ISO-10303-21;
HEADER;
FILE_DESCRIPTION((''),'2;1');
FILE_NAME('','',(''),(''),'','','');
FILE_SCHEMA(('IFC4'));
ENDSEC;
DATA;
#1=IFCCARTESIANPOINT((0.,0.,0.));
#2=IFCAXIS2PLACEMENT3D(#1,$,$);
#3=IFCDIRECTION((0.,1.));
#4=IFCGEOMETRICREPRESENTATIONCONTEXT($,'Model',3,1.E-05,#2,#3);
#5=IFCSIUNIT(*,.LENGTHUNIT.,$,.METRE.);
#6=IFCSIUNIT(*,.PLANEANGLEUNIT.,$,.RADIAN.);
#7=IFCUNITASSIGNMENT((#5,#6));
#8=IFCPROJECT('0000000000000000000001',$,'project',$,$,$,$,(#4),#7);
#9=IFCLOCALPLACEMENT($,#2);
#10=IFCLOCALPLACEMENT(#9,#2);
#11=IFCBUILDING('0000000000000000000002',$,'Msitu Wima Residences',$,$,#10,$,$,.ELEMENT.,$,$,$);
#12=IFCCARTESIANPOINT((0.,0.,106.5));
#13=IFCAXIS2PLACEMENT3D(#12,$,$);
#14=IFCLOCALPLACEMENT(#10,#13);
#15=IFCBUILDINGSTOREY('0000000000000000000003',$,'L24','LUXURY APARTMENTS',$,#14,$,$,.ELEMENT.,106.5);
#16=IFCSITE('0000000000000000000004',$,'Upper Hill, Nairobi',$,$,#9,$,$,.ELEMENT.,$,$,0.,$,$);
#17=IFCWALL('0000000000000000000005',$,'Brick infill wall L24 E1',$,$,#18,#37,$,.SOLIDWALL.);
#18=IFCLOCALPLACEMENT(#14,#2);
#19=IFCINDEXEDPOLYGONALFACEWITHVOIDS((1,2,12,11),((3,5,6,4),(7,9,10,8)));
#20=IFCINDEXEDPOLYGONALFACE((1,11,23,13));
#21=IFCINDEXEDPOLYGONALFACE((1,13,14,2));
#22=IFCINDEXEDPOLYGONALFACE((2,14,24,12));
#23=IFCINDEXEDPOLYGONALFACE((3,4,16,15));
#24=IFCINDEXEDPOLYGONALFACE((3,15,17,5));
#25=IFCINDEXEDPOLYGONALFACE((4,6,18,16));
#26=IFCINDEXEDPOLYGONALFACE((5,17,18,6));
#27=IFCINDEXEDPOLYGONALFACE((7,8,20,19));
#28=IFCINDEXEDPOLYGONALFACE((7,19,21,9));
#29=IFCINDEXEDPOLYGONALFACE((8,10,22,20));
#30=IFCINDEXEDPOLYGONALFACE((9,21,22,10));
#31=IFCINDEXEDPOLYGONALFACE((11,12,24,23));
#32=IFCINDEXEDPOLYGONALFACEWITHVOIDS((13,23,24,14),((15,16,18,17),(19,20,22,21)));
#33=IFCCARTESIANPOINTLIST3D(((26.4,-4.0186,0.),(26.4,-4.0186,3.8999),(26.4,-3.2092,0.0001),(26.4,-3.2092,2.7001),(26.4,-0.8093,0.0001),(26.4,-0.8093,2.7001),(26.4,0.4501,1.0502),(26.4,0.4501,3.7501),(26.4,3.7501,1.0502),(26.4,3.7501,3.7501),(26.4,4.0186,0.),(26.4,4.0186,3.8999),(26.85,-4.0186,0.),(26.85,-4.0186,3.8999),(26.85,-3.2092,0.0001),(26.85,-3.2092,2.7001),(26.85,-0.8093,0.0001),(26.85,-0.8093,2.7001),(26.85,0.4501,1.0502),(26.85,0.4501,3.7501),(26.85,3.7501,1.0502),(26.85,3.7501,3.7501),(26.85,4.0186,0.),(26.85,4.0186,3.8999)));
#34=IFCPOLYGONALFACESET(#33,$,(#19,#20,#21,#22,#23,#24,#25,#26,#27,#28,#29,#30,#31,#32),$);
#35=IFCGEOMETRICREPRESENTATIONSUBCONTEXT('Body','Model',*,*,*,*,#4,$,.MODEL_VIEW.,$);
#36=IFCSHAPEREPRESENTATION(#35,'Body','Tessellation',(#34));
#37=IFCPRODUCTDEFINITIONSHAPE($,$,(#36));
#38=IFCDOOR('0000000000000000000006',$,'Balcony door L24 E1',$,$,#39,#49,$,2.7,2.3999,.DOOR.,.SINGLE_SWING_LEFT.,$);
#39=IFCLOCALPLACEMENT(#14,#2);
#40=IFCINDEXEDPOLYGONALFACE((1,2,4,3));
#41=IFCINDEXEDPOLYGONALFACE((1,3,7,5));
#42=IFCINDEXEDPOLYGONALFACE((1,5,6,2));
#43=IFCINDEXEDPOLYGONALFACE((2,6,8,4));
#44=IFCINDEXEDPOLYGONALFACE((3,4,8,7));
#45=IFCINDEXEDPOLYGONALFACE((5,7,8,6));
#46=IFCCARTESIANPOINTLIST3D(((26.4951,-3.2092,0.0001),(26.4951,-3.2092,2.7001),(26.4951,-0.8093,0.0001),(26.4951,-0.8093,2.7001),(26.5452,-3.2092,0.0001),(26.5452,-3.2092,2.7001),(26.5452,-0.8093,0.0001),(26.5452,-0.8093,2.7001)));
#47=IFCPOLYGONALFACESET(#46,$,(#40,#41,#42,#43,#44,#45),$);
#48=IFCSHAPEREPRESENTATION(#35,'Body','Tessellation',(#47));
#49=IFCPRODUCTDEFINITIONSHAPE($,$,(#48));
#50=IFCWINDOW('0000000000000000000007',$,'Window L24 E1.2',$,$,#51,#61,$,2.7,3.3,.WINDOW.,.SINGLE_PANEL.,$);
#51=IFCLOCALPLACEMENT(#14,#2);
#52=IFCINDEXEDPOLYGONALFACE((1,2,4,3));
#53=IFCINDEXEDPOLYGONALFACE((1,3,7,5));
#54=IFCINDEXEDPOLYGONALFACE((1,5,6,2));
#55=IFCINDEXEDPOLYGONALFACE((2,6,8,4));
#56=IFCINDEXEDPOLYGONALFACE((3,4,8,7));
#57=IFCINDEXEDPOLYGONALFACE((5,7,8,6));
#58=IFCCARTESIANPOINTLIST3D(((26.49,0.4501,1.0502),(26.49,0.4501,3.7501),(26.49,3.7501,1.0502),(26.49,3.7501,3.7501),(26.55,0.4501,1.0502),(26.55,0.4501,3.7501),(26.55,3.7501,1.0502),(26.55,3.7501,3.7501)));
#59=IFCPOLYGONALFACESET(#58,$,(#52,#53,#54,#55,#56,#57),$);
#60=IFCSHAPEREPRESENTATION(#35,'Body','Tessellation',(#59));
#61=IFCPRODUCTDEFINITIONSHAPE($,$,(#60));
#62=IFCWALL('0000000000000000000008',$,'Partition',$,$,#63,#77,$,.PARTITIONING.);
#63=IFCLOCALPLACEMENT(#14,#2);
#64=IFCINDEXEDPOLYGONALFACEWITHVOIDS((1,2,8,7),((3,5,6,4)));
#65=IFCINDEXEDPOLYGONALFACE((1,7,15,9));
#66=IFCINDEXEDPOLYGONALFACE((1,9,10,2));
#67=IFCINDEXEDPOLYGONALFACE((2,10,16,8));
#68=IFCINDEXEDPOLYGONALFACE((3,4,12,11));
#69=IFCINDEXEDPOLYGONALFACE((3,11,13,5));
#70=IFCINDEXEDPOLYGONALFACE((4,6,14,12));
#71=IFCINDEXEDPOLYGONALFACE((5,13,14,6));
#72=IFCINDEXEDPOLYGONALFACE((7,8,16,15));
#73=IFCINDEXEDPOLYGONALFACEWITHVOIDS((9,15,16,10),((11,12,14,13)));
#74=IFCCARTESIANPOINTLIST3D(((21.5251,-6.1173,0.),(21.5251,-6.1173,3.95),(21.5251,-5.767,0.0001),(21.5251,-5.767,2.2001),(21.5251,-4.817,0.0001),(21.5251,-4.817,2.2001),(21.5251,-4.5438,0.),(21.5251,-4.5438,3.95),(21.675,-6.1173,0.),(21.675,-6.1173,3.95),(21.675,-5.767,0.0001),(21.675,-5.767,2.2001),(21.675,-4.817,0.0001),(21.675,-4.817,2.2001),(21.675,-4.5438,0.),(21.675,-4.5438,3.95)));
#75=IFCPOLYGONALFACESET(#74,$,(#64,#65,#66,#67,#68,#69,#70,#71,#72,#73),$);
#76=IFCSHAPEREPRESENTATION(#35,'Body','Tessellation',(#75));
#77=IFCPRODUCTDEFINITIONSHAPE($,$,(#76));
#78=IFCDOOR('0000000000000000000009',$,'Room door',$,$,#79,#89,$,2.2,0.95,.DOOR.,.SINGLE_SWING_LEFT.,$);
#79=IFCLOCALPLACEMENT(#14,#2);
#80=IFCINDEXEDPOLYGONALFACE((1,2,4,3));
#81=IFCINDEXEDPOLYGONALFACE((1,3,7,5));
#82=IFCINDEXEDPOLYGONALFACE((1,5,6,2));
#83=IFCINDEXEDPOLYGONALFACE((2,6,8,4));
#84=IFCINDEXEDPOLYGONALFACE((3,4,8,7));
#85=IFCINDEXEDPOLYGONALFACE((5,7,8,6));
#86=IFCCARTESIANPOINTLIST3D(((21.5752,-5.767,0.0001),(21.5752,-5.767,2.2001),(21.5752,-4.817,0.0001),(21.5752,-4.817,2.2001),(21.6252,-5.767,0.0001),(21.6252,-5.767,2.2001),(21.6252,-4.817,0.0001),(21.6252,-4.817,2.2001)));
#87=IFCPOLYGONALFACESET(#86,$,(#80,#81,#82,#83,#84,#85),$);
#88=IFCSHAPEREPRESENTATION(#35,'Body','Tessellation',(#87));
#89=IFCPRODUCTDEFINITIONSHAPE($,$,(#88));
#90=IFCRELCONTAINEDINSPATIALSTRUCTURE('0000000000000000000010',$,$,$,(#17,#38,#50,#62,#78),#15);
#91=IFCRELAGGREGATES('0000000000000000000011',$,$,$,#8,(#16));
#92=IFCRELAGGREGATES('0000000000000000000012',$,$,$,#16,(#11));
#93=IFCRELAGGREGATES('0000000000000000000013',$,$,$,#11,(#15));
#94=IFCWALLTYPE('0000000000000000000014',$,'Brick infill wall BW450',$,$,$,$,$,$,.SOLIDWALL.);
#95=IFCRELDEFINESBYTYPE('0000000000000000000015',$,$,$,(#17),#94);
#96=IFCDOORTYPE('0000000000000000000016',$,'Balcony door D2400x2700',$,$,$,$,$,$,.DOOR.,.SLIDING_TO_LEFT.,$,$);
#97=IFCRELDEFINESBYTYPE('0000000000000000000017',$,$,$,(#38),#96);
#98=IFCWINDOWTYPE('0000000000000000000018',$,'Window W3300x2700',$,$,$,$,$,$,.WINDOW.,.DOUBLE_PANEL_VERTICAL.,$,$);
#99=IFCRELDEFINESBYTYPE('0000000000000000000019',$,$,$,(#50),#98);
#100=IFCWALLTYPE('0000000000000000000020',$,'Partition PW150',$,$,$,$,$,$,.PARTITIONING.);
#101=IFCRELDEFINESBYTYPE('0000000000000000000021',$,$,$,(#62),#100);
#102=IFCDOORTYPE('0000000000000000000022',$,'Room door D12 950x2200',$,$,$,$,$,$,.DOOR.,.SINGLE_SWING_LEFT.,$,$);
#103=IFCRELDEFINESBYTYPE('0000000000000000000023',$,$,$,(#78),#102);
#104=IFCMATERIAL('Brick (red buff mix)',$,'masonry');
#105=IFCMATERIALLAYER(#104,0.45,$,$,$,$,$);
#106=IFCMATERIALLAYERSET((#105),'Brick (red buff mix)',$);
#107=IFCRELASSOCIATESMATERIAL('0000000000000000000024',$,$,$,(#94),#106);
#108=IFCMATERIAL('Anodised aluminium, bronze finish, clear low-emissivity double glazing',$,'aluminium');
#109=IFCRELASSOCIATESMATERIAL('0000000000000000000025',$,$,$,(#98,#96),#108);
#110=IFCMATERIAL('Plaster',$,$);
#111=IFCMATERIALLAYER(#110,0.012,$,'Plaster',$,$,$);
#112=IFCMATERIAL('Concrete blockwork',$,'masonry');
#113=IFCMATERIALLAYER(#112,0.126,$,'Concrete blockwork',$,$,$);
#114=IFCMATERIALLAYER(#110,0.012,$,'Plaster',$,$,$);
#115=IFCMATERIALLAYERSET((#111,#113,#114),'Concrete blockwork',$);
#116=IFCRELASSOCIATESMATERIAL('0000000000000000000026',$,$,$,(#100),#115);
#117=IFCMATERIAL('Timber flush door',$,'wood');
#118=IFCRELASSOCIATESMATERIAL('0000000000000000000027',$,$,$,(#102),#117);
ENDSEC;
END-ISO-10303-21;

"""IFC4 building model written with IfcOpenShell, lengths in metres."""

from ifc_helpers import new_model, si_unit, direction, frame, frame_2d, origin, place, context, subcontext, project, spatial, rectangle, extrude, material, layer, layer_set, type_object, element, fill, save


model = new_model("IFC4")

# Units and contexts
model_context = context("Model", 3, precision=1e-05, world=origin(), true_north=direction((0.0, 1.0)))
body_context = subcontext(model_context, "Body", "Model", "MODEL_VIEW")
ifc_project = project(units=[si_unit("LENGTHUNIT", "METRE"), si_unit("PLANEANGLEUNIT", "RADIAN")], contexts=[model_context])

# Site, building, storey
site_placement = place(None, origin())
site = spatial("IfcSite", under=ifc_project, at=site_placement, Name="Upper Hill, Nairobi", CompositionType="ELEMENT", RefElevation=0.0)
building_placement = place(site_placement, origin())
building = spatial("IfcBuilding", under=site, at=building_placement, Name="Msitu Wima Residences", CompositionType="ELEMENT")
storey_placement = place(building_placement, frame((0.0, 0.0, 106.5)))
storey = spatial("IfcBuildingStorey", under=building, at=storey_placement, Name="L24", Description="LUXURY APARTMENTS", CompositionType="ELEMENT", Elevation=106.5)

# Shared definitions
ifc_material_1 = material(Name="Brick (red buff mix)", Category="masonry")
ifc_layer_1 = layer(ifc_material_1, 0.45)
ifc_layer_set_1 = layer_set([ifc_layer_1], Name="Brick (red buff mix)")
wall_type_1 = type_object("IfcWallType", Name="Brick infill wall BW450", PredefinedType="SOLIDWALL", material=ifc_layer_set_1)
ifc_material_2 = material(Name="Anodised aluminium, bronze finish, clear low-emissivity double glazing", Category="aluminium")
window_type = type_object("IfcWindowType", Name="Window W3300x2700", PartitioningType="DOUBLE_PANEL_VERTICAL", PredefinedType="WINDOW", material=ifc_material_2)

# Wall, openings, door, window
wall_1_placement = place(storey_placement, frame((26.625, -4.0186, 0.0), z_axis=(0.0, 0.0, 1.0), x_axis=(0.0, 1.0, 0.0)))
wall_1 = element("IfcWall", 1, at=wall_1_placement, inside=storey, type_object=wall_type_1, Name="Brick infill wall L24 E1", PredefinedType="SOLIDWALL", context=body_context, shape_type="SweptSolid", body=[
    extrude(rectangle(XDim=8.0371, YDim=0.45, at=frame_2d((4.0186, 0.0))), origin(), (0.0, 0.0, 1.0), 3.8999),
])
opening_1_placement = place(wall_1_placement, frame((0.8093, 0.0, 0.0)))
opening_1 = element("IfcOpeningElement", 2, at=opening_1_placement, cuts=wall_1, PredefinedType="OPENING", context=body_context, shape_type="SweptSolid", body=[
    extrude(rectangle(XDim=2.3999, YDim=2.7, at=frame_2d((1.2, 1.3501))), frame((0.0, 0.2349, 0.0), z_axis=(0.0, -1.0, 0.0), x_axis=(1.0, 0.0, 0.0)), (0.0, 0.0, 1.0), 0.47),
])
opening_2_placement = place(wall_1_placement, frame((4.4688, 0.0, 1.05)))
opening_2 = element("IfcOpeningElement", 3, at=opening_2_placement, cuts=wall_1, PredefinedType="OPENING", context=body_context, shape_type="SweptSolid", body=[
    extrude(rectangle(XDim=3.3, YDim=2.7, at=frame_2d((1.6499, 1.3501))), frame((0.0, 0.2349, 0.0), z_axis=(0.0, -1.0, 0.0), x_axis=(1.0, 0.0, 0.0)), (0.0, 0.0, 1.0), 0.47),
])
door_type_1 = type_object("IfcDoorType", Name="Balcony door D2400x2700", OperationType="SLIDING_TO_LEFT", PredefinedType="DOOR", material=ifc_material_2)
door_1_placement = place(opening_1_placement, origin())
door_1 = element("IfcDoor", 4, at=door_1_placement, inside=storey, type_object=door_type_1, Name="Balcony door L24 E1", OperationType="SINGLE_SWING_LEFT", OverallHeight=2.7, OverallWidth=2.3999, PredefinedType="DOOR", context=body_context, shape_type="SweptSolid", body=[
    extrude(rectangle(XDim=2.3999, YDim=2.7, at=frame_2d((1.2, 1.3501))), frame((0.0, 0.1299, 0.0), z_axis=(0.0, -1.0, 0.0), x_axis=(1.0, 0.0, 0.0)), (0.0, 0.0, 1.0), 0.05),
])
fill(opening_1, door_1)
window_1_placement = place(opening_2_placement, origin())
window_1 = element("IfcWindow", 5, at=window_1_placement, inside=storey, type_object=window_type, Name="Window L24 E1.2", OverallHeight=2.7, OverallWidth=3.3, PartitioningType="SINGLE_PANEL", PredefinedType="WINDOW", context=body_context, shape_type="SweptSolid", body=[
    extrude(rectangle(XDim=3.3, YDim=2.7, at=frame_2d((1.6499, 1.3501))), frame((0.0, 0.135, 0.0), z_axis=(0.0, -1.0, 0.0), x_axis=(1.0, 0.0, 0.0)), (0.0, 0.0, 1.0), 0.0601),
])
fill(opening_2, window_1)

# Wall, opening, door
ifc_material_3 = material(Name="Plaster")
ifc_layer_2 = layer(ifc_material_3, 0.012, Name="Plaster")
ifc_material_4 = material(Name="Concrete blockwork", Category="masonry")
ifc_layer_3 = layer(ifc_material_4, 0.126, Name="Concrete blockwork")
ifc_layer_4 = layer(ifc_material_3, 0.012, Name="Plaster")
ifc_layer_set_2 = layer_set([ifc_layer_2, ifc_layer_3, ifc_layer_4], Name="Concrete blockwork")
wall_type_2 = type_object("IfcWallType", Name="Partition PW150", PredefinedType="PARTITIONING", material=ifc_layer_set_2)
wall_2_placement = place(storey_placement, frame((21.6001, -6.1172, 0.0), z_axis=(0.0, 0.0, 1.0), x_axis=(0.0, 1.0, 0.0)))
wall_2 = element("IfcWall", 6, at=wall_2_placement, inside=storey, type_object=wall_type_2, Name="Partition", PredefinedType="PARTITIONING", context=body_context, shape_type="SweptSolid", body=[
    extrude(rectangle(XDim=1.5735, YDim=0.1499, at=frame_2d((0.7866, 0.0))), origin(), (0.0, 0.0, 1.0), 3.95),
])
opening_3_placement = place(wall_2_placement, frame((0.3501, 0.0, 0.0)))
opening_3 = element("IfcOpeningElement", 7, at=opening_3_placement, cuts=wall_2, PredefinedType="OPENING", context=body_context, shape_type="SweptSolid", body=[
    extrude(rectangle(XDim=0.95, YDim=2.2, at=frame_2d((0.4751, 1.1001))), frame((0.0, 0.085, 0.0), z_axis=(0.0, -1.0, 0.0), x_axis=(1.0, 0.0, 0.0)), (0.0, 0.0, 1.0), 0.1699),
])
ifc_material_5 = material(Name="Timber flush door", Category="wood")
door_type_2 = type_object("IfcDoorType", Name="Room door D12 950x2200", OperationType="SINGLE_SWING_LEFT", PredefinedType="DOOR", material=ifc_material_5)
door_2_placement = place(opening_3_placement, origin())
door_2 = element("IfcDoor", 8, at=door_2_placement, inside=storey, type_object=door_type_2, Name="Room door", OperationType="SINGLE_SWING_LEFT", OverallHeight=2.2, OverallWidth=0.95, PredefinedType="DOOR", context=body_context, shape_type="SweptSolid", body=[
    extrude(rectangle(XDim=0.95, YDim=2.2, at=frame_2d((0.4751, 1.1001))), frame((0.0, 0.0249, 0.0), z_axis=(0.0, -1.0, 0.0), x_axis=(1.0, 0.0, 0.0)), (0.0, 0.0, 1.0), 0.05),
])
fill(opening_3, door_2)

save(model, "model.ifc")
